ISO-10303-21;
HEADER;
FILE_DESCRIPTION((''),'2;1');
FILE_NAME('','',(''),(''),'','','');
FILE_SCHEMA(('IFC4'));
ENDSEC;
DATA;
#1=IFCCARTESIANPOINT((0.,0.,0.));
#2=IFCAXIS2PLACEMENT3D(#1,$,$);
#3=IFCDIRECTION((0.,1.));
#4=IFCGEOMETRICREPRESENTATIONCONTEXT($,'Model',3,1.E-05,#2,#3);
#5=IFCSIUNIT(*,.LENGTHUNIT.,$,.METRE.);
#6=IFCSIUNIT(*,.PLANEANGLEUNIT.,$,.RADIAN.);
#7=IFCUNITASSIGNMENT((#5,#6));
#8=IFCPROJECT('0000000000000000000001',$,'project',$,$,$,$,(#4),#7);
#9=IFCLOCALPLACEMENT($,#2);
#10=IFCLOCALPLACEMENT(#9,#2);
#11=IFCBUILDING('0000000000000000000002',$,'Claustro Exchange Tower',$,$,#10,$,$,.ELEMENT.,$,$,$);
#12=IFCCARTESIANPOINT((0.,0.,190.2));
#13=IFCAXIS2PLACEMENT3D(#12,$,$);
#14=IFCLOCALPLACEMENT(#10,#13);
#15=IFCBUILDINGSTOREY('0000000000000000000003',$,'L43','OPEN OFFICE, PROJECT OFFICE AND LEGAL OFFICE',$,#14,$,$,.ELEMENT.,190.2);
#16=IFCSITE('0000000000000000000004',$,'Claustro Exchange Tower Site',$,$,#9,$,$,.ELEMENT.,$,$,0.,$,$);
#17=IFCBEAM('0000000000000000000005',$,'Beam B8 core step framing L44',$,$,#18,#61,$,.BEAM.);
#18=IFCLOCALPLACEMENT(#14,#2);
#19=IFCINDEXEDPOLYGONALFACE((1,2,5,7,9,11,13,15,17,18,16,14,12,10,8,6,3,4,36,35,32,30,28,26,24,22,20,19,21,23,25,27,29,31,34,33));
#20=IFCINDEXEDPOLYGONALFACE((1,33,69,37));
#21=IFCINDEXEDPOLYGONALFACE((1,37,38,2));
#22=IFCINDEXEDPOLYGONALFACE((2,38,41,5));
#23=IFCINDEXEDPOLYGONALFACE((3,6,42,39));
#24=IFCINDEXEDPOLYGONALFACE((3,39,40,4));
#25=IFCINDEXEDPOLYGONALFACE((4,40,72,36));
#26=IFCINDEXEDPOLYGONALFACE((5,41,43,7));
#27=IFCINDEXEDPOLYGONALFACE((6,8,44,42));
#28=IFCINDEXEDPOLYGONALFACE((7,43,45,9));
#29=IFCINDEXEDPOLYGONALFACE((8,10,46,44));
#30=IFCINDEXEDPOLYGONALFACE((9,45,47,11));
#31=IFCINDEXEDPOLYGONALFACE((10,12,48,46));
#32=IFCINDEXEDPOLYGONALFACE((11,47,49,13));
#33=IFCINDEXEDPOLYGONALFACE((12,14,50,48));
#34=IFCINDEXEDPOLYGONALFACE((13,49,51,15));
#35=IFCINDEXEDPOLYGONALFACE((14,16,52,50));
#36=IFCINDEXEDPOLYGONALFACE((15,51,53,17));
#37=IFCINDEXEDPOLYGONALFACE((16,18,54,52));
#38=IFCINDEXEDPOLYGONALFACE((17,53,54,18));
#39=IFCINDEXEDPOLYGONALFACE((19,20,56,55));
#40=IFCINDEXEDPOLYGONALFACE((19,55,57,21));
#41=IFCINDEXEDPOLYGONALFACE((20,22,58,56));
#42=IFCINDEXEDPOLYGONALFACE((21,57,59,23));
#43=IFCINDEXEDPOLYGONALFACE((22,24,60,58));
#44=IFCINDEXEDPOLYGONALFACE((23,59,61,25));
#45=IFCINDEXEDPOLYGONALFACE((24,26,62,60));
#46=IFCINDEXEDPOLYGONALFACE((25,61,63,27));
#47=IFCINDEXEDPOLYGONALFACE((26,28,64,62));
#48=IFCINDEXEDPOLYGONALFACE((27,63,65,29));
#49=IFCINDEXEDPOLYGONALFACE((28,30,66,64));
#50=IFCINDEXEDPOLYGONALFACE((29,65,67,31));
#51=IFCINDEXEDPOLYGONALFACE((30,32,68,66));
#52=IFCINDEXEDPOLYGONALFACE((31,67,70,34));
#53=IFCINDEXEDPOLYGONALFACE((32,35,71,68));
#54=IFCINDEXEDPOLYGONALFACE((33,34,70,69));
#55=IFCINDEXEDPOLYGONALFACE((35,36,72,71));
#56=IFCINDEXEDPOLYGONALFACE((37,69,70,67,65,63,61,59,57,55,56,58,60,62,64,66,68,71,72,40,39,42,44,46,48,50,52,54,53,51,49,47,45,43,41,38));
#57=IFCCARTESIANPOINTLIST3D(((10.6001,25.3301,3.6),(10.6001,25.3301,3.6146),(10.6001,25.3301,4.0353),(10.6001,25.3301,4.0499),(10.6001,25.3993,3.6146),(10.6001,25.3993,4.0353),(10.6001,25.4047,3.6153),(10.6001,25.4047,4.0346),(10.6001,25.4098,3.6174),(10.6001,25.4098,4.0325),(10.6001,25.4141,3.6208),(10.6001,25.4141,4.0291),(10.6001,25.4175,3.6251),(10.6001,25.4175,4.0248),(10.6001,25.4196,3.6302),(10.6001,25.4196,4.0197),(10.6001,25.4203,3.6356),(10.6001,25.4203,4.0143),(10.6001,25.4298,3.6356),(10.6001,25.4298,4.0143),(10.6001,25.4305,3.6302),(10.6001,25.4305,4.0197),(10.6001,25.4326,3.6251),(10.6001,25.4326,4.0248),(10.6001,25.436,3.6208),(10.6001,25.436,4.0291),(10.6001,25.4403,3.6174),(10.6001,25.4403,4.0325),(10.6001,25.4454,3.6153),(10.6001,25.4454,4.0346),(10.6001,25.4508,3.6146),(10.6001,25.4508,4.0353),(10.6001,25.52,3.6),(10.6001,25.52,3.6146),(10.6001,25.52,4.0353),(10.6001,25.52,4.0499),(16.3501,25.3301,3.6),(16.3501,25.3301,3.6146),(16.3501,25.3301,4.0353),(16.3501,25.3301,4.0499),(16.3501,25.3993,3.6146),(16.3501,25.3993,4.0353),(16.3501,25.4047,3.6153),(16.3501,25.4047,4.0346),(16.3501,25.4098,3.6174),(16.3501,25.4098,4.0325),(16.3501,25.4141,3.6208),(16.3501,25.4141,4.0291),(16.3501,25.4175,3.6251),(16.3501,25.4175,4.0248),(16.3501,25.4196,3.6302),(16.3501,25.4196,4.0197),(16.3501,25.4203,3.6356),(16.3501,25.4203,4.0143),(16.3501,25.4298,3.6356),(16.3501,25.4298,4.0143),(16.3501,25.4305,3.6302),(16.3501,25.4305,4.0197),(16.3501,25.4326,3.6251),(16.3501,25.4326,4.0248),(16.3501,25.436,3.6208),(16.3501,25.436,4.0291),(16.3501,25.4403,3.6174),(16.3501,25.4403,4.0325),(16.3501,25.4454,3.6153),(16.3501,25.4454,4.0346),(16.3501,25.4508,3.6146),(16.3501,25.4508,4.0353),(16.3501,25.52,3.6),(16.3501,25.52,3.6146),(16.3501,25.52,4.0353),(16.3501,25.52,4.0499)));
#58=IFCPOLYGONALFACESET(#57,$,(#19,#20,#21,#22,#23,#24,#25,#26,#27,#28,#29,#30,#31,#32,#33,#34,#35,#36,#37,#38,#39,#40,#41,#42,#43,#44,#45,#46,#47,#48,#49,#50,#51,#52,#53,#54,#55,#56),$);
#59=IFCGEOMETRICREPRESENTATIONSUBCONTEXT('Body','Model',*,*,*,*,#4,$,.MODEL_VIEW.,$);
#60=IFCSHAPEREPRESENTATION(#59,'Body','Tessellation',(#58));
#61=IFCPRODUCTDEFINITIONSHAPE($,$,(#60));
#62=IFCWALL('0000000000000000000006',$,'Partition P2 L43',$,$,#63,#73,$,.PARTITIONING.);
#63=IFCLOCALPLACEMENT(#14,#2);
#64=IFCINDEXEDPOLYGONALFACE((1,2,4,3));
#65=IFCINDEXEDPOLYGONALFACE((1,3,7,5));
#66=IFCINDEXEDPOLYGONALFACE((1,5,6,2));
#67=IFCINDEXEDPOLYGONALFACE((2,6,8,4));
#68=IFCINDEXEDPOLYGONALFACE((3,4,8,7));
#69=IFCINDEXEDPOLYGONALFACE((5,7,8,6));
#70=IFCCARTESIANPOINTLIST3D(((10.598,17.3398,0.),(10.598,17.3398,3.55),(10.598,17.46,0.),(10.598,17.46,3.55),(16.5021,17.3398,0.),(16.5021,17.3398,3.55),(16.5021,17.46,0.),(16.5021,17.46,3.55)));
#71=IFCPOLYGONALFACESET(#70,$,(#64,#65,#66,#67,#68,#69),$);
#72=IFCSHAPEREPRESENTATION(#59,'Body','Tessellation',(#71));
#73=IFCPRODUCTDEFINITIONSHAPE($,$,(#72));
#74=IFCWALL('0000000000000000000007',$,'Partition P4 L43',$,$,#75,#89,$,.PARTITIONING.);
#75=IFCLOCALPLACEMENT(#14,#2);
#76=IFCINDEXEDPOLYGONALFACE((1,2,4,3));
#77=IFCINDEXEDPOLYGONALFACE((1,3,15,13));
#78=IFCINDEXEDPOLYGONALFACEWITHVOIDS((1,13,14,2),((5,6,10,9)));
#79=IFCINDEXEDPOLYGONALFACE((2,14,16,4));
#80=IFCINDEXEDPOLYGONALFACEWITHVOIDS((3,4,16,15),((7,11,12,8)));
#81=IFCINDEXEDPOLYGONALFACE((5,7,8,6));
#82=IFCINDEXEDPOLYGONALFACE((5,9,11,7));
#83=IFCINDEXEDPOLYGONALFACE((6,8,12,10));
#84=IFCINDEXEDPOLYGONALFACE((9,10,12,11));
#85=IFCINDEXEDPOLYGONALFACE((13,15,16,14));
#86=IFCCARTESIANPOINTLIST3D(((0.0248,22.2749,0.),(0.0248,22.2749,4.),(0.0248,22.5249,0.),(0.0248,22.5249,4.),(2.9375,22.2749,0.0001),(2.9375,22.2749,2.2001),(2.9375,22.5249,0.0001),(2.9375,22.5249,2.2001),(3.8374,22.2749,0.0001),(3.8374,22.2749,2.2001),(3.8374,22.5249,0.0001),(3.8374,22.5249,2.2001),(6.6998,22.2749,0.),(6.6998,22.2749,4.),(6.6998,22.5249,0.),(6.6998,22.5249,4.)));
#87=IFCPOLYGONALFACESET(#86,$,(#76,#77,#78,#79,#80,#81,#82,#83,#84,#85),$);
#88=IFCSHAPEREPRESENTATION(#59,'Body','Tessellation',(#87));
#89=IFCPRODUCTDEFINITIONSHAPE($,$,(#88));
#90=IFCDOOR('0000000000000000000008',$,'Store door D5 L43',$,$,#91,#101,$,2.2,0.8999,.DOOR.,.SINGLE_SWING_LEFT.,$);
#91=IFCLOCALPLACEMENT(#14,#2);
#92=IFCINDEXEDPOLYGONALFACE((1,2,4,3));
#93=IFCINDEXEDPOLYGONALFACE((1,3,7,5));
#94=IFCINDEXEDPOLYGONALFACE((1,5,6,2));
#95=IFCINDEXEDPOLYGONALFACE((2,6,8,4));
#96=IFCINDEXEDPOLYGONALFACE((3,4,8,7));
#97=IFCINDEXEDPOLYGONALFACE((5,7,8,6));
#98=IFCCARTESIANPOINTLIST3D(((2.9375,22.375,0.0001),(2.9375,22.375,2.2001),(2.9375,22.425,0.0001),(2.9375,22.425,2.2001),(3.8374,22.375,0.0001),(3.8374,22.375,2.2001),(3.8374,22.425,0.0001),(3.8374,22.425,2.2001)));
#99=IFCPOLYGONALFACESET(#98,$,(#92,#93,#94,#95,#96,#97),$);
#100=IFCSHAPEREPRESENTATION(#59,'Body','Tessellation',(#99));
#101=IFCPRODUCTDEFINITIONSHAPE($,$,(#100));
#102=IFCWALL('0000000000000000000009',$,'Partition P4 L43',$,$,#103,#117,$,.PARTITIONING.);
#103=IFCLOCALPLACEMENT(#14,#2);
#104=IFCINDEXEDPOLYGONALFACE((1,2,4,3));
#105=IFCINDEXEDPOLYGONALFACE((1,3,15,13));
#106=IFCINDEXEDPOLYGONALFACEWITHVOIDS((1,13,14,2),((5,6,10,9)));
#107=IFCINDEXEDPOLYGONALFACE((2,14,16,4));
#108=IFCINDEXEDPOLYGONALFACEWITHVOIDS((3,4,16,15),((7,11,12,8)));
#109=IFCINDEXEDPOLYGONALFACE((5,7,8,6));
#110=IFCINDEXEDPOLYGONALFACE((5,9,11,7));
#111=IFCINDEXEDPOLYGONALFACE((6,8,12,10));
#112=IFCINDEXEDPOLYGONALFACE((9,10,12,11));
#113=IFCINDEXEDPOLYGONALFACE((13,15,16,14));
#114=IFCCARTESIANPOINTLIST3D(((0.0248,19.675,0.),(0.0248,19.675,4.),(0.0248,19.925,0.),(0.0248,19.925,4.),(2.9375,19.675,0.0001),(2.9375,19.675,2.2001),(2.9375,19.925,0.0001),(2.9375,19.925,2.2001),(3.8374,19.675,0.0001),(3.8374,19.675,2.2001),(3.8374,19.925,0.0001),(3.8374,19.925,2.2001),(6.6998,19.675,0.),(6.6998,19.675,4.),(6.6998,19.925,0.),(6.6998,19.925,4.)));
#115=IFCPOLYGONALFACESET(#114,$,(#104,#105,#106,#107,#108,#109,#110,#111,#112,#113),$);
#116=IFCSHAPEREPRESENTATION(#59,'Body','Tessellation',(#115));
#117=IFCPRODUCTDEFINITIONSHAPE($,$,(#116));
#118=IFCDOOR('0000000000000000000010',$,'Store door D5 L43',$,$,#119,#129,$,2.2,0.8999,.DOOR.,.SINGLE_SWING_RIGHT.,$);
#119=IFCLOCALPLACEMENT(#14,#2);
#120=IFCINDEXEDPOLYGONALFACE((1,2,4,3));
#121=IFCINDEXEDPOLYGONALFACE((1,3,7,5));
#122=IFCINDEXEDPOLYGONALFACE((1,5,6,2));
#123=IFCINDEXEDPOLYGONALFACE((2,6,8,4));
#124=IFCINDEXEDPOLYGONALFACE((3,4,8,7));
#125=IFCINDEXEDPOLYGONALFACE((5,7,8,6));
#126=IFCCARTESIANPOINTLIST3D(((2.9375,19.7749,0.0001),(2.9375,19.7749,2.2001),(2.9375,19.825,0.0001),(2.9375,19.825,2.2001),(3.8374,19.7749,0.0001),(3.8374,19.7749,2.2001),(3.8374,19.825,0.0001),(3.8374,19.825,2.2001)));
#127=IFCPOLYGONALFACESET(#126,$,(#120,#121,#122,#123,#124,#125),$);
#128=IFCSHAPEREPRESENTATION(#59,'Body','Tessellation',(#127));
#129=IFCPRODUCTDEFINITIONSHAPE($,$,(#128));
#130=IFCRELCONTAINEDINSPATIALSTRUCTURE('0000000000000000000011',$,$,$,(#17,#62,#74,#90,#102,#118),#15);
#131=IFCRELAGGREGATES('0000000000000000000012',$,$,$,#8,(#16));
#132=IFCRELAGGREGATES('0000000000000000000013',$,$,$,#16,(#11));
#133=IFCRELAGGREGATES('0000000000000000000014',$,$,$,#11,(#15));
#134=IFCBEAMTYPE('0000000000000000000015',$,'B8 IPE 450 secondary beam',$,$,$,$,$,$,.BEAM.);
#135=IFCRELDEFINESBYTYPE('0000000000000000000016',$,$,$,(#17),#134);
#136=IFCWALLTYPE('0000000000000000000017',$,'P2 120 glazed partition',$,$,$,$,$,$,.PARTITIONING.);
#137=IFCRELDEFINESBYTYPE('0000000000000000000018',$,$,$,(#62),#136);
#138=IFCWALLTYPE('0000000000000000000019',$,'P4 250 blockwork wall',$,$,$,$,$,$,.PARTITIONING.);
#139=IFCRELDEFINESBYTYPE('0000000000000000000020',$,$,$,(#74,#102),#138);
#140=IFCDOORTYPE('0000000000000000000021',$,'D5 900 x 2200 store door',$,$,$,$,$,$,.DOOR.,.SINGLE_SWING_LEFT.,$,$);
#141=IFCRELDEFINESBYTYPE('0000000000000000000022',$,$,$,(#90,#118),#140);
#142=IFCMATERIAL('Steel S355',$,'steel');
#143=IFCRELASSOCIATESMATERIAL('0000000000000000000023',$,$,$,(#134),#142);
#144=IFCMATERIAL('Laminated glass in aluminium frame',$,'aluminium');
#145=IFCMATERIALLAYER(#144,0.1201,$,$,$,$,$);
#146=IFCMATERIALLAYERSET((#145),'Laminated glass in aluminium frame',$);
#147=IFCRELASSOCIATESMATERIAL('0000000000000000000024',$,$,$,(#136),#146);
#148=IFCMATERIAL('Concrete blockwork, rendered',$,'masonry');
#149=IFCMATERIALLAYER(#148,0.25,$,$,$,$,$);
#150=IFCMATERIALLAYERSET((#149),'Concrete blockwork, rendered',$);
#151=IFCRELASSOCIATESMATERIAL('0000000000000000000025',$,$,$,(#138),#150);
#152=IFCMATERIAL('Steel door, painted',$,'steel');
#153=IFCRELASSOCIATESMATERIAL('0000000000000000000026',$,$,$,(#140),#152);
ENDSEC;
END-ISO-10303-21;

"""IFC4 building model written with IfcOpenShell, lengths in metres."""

from ifc_helpers import new_model, si_unit, direction, frame, frame_2d, origin, origin_2d, place, context, subcontext, project, spatial, rectangle, i_section, extrude, material, layer, layer_set, material_profile, profile_set, type_object, element, fill, save


model = new_model("IFC4")

# Units and contexts
model_context = context("Model", 3, precision=1e-05, world=origin(), true_north=direction((0.0, 1.0)))
body_context = subcontext(model_context, "Body", "Model", "MODEL_VIEW")
ifc_project = project(units=[si_unit("LENGTHUNIT", "METRE"), si_unit("PLANEANGLEUNIT", "RADIAN")], contexts=[model_context])

# Site, building, storey
site_placement = place(None, origin())
site = spatial("IfcSite", under=ifc_project, at=site_placement, Name="Claustro Exchange Tower Site", CompositionType="ELEMENT", RefElevation=0.0)
building_placement = place(site_placement, origin())
building = spatial("IfcBuilding", under=site, at=building_placement, Name="Claustro Exchange Tower", CompositionType="ELEMENT")
storey_placement = place(building_placement, frame((0.0, 0.0, 190.2)))
storey = spatial("IfcBuildingStorey", under=building, at=storey_placement, Name="L43", Description="OPEN OFFICE, PROJECT OFFICE AND LEGAL OFFICE", CompositionType="ELEMENT", Elevation=190.2)

# Beam
ifc_material_1 = material(Name="Steel S355", Category="steel")
ifc_material_profile_1 = material_profile(ifc_material_1, i_section(OverallWidth=0.1899, OverallDepth=0.45, WebThickness=0.0095, FlangeThickness=0.0146, FilletRadius=0.021, at=origin_2d()), Name="IPE 450")
ifc_profile_set_1 = profile_set([ifc_material_profile_1], Name="Steel S355")
beam_type_1 = type_object("IfcBeamType", Name="B8 IPE 450 secondary beam", PredefinedType="BEAM", material=ifc_profile_set_1)
for number, where, z_axis, x_axis, name in (
    (1, (10.6001, 25.425, 3.825), (1.0, 0.0, 0.0), (0.0, 1.0, 0.0), "Beam B8 core step framing L44"),
):
    element("IfcBeam", number, at=place(storey_placement, frame(where, z_axis=z_axis, x_axis=x_axis)), inside=storey, type_object=beam_type_1, Name=name, PredefinedType="BEAM", context=body_context, shape_type="SweptSolid", body=[
        extrude(i_section(OverallWidth=0.1899, OverallDepth=0.45, WebThickness=0.0095, FlangeThickness=0.0146, FilletRadius=0.021, at=origin_2d()), origin(), (0.0, 0.0, 1.0), 5.75),
    ])

# Wall
ifc_material_2 = material(Name="Laminated glass in aluminium frame", Category="aluminium")
ifc_layer_1 = layer(ifc_material_2, 0.1201)
ifc_layer_set_1 = layer_set([ifc_layer_1], Name="Laminated glass in aluminium frame")
wall_type_1 = type_object("IfcWallType", Name="P2 120 glazed partition", PredefinedType="PARTITIONING", material=ifc_layer_set_1)
wall_1_placement = place(storey_placement, frame((10.5979, 17.3999, 0.0), z_axis=(0.0, 0.0, 1.0), x_axis=(1.0, 0.0, 0.0)))
element("IfcWall", 2, at=wall_1_placement, inside=storey, type_object=wall_type_1, Name="Partition P2 L43", PredefinedType="PARTITIONING", context=body_context, shape_type="SweptSolid", body=[
    extrude(rectangle(XDim=5.9041, YDim=0.1201, at=frame_2d((2.9521, 0.0))), origin(), (0.0, 0.0, 1.0), 3.55),
])

# Walls, openings, doors
ifc_material_3 = material(Name="Concrete blockwork, rendered", Category="masonry")
ifc_layer_2 = layer(ifc_material_3, 0.25)
ifc_layer_set_2 = layer_set([ifc_layer_2], Name="Concrete blockwork, rendered")
wall_type_2 = type_object("IfcWallType", Name="P4 250 blockwork wall", PredefinedType="PARTITIONING", material=ifc_layer_set_2)
wall_2_placement = place(storey_placement, frame((0.0249, 22.3999, 0.0), z_axis=(0.0, 0.0, 1.0), x_axis=(1.0, 0.0, 0.0)))
wall_2 = element("IfcWall", 3, at=wall_2_placement, inside=storey, type_object=wall_type_2, Name="Partition P4 L43", PredefinedType="PARTITIONING", context=body_context, shape_type="SweptSolid", body=[
    extrude(rectangle(XDim=6.675, YDim=0.25, at=frame_2d((3.3374, 0.0))), origin(), (0.0, 0.0, 1.0), 4.0),
])
opening_1_placement = place(wall_2_placement, frame((2.9126, 0.0, 0.0)))
opening_1 = element("IfcOpeningElement", 4, at=opening_1_placement, cuts=wall_2, PredefinedType="OPENING", context=body_context, shape_type="SweptSolid", body=[
    extrude(rectangle(XDim=0.8999, YDim=2.2, at=frame_2d((0.45, 1.1001))), frame((0.0, 0.135, 0.0), z_axis=(0.0, -1.0, 0.0), x_axis=(1.0, 0.0, 0.0)), (0.0, 0.0, 1.0), 0.27),
])
ifc_material_4 = material(Name="Steel door, painted", Category="steel")
door_type = type_object("IfcDoorType", Name="D5 900 x 2200 store door", OperationType="SINGLE_SWING_LEFT", PredefinedType="DOOR", material=ifc_material_4)
door_1_placement = place(opening_1_placement, frame((0.8999, 0.0, 0.0), z_axis=(0.0, 0.0, 1.0), x_axis=(-1.0, 0.0, 0.0)))
door_1 = element("IfcDoor", 5, at=door_1_placement, inside=storey, type_object=door_type, Name="Store door D5 L43", OperationType="SINGLE_SWING_LEFT", OverallHeight=2.2, OverallWidth=0.8999, PredefinedType="DOOR", context=body_context, shape_type="SweptSolid", body=[
    extrude(rectangle(XDim=0.8999, YDim=2.2, at=frame_2d((0.45, 1.1001))), frame((0.0, 0.0249, 0.0), z_axis=(0.0, -1.0, 0.0), x_axis=(1.0, 0.0, 0.0)), (0.0, 0.0, 1.0), 0.05),
])
fill(opening_1, door_1)
wall_3_placement = place(storey_placement, frame((0.0249, 19.8, 0.0), z_axis=(0.0, 0.0, 1.0), x_axis=(1.0, 0.0, 0.0)))
wall_3 = element("IfcWall", 6, at=wall_3_placement, inside=storey, type_object=wall_type_2, Name="Partition P4 L43", PredefinedType="PARTITIONING", context=body_context, shape_type="SweptSolid", body=[
    extrude(rectangle(XDim=6.675, YDim=0.25, at=frame_2d((3.3374, 0.0))), origin(), (0.0, 0.0, 1.0), 4.0),
])
opening_2_placement = place(wall_3_placement, frame((2.9126, 0.0, 0.0)))
opening_2 = element("IfcOpeningElement", 7, at=opening_2_placement, cuts=wall_3, PredefinedType="OPENING", context=body_context, shape_type="SweptSolid", body=[
    extrude(rectangle(XDim=0.8999, YDim=2.2, at=frame_2d((0.45, 1.1001))), frame((0.0, 0.135, 0.0), z_axis=(0.0, -1.0, 0.0), x_axis=(1.0, 0.0, 0.0)), (0.0, 0.0, 1.0), 0.27),
])
door_2_placement = place(opening_2_placement, origin())
door_2 = element("IfcDoor", 8, at=door_2_placement, inside=storey, type_object=door_type, Name="Store door D5 L43", OperationType="SINGLE_SWING_RIGHT", OverallHeight=2.2, OverallWidth=0.8999, PredefinedType="DOOR", context=body_context, shape_type="SweptSolid", body=[
    extrude(rectangle(XDim=0.8999, YDim=2.2, at=frame_2d((0.45, 1.1001))), frame((0.0, 0.0249, 0.0), z_axis=(0.0, -1.0, 0.0), x_axis=(1.0, 0.0, 0.0)), (0.0, 0.0, 1.0), 0.05),
])
fill(opening_2, door_2)

save(model, "model.ifc")
